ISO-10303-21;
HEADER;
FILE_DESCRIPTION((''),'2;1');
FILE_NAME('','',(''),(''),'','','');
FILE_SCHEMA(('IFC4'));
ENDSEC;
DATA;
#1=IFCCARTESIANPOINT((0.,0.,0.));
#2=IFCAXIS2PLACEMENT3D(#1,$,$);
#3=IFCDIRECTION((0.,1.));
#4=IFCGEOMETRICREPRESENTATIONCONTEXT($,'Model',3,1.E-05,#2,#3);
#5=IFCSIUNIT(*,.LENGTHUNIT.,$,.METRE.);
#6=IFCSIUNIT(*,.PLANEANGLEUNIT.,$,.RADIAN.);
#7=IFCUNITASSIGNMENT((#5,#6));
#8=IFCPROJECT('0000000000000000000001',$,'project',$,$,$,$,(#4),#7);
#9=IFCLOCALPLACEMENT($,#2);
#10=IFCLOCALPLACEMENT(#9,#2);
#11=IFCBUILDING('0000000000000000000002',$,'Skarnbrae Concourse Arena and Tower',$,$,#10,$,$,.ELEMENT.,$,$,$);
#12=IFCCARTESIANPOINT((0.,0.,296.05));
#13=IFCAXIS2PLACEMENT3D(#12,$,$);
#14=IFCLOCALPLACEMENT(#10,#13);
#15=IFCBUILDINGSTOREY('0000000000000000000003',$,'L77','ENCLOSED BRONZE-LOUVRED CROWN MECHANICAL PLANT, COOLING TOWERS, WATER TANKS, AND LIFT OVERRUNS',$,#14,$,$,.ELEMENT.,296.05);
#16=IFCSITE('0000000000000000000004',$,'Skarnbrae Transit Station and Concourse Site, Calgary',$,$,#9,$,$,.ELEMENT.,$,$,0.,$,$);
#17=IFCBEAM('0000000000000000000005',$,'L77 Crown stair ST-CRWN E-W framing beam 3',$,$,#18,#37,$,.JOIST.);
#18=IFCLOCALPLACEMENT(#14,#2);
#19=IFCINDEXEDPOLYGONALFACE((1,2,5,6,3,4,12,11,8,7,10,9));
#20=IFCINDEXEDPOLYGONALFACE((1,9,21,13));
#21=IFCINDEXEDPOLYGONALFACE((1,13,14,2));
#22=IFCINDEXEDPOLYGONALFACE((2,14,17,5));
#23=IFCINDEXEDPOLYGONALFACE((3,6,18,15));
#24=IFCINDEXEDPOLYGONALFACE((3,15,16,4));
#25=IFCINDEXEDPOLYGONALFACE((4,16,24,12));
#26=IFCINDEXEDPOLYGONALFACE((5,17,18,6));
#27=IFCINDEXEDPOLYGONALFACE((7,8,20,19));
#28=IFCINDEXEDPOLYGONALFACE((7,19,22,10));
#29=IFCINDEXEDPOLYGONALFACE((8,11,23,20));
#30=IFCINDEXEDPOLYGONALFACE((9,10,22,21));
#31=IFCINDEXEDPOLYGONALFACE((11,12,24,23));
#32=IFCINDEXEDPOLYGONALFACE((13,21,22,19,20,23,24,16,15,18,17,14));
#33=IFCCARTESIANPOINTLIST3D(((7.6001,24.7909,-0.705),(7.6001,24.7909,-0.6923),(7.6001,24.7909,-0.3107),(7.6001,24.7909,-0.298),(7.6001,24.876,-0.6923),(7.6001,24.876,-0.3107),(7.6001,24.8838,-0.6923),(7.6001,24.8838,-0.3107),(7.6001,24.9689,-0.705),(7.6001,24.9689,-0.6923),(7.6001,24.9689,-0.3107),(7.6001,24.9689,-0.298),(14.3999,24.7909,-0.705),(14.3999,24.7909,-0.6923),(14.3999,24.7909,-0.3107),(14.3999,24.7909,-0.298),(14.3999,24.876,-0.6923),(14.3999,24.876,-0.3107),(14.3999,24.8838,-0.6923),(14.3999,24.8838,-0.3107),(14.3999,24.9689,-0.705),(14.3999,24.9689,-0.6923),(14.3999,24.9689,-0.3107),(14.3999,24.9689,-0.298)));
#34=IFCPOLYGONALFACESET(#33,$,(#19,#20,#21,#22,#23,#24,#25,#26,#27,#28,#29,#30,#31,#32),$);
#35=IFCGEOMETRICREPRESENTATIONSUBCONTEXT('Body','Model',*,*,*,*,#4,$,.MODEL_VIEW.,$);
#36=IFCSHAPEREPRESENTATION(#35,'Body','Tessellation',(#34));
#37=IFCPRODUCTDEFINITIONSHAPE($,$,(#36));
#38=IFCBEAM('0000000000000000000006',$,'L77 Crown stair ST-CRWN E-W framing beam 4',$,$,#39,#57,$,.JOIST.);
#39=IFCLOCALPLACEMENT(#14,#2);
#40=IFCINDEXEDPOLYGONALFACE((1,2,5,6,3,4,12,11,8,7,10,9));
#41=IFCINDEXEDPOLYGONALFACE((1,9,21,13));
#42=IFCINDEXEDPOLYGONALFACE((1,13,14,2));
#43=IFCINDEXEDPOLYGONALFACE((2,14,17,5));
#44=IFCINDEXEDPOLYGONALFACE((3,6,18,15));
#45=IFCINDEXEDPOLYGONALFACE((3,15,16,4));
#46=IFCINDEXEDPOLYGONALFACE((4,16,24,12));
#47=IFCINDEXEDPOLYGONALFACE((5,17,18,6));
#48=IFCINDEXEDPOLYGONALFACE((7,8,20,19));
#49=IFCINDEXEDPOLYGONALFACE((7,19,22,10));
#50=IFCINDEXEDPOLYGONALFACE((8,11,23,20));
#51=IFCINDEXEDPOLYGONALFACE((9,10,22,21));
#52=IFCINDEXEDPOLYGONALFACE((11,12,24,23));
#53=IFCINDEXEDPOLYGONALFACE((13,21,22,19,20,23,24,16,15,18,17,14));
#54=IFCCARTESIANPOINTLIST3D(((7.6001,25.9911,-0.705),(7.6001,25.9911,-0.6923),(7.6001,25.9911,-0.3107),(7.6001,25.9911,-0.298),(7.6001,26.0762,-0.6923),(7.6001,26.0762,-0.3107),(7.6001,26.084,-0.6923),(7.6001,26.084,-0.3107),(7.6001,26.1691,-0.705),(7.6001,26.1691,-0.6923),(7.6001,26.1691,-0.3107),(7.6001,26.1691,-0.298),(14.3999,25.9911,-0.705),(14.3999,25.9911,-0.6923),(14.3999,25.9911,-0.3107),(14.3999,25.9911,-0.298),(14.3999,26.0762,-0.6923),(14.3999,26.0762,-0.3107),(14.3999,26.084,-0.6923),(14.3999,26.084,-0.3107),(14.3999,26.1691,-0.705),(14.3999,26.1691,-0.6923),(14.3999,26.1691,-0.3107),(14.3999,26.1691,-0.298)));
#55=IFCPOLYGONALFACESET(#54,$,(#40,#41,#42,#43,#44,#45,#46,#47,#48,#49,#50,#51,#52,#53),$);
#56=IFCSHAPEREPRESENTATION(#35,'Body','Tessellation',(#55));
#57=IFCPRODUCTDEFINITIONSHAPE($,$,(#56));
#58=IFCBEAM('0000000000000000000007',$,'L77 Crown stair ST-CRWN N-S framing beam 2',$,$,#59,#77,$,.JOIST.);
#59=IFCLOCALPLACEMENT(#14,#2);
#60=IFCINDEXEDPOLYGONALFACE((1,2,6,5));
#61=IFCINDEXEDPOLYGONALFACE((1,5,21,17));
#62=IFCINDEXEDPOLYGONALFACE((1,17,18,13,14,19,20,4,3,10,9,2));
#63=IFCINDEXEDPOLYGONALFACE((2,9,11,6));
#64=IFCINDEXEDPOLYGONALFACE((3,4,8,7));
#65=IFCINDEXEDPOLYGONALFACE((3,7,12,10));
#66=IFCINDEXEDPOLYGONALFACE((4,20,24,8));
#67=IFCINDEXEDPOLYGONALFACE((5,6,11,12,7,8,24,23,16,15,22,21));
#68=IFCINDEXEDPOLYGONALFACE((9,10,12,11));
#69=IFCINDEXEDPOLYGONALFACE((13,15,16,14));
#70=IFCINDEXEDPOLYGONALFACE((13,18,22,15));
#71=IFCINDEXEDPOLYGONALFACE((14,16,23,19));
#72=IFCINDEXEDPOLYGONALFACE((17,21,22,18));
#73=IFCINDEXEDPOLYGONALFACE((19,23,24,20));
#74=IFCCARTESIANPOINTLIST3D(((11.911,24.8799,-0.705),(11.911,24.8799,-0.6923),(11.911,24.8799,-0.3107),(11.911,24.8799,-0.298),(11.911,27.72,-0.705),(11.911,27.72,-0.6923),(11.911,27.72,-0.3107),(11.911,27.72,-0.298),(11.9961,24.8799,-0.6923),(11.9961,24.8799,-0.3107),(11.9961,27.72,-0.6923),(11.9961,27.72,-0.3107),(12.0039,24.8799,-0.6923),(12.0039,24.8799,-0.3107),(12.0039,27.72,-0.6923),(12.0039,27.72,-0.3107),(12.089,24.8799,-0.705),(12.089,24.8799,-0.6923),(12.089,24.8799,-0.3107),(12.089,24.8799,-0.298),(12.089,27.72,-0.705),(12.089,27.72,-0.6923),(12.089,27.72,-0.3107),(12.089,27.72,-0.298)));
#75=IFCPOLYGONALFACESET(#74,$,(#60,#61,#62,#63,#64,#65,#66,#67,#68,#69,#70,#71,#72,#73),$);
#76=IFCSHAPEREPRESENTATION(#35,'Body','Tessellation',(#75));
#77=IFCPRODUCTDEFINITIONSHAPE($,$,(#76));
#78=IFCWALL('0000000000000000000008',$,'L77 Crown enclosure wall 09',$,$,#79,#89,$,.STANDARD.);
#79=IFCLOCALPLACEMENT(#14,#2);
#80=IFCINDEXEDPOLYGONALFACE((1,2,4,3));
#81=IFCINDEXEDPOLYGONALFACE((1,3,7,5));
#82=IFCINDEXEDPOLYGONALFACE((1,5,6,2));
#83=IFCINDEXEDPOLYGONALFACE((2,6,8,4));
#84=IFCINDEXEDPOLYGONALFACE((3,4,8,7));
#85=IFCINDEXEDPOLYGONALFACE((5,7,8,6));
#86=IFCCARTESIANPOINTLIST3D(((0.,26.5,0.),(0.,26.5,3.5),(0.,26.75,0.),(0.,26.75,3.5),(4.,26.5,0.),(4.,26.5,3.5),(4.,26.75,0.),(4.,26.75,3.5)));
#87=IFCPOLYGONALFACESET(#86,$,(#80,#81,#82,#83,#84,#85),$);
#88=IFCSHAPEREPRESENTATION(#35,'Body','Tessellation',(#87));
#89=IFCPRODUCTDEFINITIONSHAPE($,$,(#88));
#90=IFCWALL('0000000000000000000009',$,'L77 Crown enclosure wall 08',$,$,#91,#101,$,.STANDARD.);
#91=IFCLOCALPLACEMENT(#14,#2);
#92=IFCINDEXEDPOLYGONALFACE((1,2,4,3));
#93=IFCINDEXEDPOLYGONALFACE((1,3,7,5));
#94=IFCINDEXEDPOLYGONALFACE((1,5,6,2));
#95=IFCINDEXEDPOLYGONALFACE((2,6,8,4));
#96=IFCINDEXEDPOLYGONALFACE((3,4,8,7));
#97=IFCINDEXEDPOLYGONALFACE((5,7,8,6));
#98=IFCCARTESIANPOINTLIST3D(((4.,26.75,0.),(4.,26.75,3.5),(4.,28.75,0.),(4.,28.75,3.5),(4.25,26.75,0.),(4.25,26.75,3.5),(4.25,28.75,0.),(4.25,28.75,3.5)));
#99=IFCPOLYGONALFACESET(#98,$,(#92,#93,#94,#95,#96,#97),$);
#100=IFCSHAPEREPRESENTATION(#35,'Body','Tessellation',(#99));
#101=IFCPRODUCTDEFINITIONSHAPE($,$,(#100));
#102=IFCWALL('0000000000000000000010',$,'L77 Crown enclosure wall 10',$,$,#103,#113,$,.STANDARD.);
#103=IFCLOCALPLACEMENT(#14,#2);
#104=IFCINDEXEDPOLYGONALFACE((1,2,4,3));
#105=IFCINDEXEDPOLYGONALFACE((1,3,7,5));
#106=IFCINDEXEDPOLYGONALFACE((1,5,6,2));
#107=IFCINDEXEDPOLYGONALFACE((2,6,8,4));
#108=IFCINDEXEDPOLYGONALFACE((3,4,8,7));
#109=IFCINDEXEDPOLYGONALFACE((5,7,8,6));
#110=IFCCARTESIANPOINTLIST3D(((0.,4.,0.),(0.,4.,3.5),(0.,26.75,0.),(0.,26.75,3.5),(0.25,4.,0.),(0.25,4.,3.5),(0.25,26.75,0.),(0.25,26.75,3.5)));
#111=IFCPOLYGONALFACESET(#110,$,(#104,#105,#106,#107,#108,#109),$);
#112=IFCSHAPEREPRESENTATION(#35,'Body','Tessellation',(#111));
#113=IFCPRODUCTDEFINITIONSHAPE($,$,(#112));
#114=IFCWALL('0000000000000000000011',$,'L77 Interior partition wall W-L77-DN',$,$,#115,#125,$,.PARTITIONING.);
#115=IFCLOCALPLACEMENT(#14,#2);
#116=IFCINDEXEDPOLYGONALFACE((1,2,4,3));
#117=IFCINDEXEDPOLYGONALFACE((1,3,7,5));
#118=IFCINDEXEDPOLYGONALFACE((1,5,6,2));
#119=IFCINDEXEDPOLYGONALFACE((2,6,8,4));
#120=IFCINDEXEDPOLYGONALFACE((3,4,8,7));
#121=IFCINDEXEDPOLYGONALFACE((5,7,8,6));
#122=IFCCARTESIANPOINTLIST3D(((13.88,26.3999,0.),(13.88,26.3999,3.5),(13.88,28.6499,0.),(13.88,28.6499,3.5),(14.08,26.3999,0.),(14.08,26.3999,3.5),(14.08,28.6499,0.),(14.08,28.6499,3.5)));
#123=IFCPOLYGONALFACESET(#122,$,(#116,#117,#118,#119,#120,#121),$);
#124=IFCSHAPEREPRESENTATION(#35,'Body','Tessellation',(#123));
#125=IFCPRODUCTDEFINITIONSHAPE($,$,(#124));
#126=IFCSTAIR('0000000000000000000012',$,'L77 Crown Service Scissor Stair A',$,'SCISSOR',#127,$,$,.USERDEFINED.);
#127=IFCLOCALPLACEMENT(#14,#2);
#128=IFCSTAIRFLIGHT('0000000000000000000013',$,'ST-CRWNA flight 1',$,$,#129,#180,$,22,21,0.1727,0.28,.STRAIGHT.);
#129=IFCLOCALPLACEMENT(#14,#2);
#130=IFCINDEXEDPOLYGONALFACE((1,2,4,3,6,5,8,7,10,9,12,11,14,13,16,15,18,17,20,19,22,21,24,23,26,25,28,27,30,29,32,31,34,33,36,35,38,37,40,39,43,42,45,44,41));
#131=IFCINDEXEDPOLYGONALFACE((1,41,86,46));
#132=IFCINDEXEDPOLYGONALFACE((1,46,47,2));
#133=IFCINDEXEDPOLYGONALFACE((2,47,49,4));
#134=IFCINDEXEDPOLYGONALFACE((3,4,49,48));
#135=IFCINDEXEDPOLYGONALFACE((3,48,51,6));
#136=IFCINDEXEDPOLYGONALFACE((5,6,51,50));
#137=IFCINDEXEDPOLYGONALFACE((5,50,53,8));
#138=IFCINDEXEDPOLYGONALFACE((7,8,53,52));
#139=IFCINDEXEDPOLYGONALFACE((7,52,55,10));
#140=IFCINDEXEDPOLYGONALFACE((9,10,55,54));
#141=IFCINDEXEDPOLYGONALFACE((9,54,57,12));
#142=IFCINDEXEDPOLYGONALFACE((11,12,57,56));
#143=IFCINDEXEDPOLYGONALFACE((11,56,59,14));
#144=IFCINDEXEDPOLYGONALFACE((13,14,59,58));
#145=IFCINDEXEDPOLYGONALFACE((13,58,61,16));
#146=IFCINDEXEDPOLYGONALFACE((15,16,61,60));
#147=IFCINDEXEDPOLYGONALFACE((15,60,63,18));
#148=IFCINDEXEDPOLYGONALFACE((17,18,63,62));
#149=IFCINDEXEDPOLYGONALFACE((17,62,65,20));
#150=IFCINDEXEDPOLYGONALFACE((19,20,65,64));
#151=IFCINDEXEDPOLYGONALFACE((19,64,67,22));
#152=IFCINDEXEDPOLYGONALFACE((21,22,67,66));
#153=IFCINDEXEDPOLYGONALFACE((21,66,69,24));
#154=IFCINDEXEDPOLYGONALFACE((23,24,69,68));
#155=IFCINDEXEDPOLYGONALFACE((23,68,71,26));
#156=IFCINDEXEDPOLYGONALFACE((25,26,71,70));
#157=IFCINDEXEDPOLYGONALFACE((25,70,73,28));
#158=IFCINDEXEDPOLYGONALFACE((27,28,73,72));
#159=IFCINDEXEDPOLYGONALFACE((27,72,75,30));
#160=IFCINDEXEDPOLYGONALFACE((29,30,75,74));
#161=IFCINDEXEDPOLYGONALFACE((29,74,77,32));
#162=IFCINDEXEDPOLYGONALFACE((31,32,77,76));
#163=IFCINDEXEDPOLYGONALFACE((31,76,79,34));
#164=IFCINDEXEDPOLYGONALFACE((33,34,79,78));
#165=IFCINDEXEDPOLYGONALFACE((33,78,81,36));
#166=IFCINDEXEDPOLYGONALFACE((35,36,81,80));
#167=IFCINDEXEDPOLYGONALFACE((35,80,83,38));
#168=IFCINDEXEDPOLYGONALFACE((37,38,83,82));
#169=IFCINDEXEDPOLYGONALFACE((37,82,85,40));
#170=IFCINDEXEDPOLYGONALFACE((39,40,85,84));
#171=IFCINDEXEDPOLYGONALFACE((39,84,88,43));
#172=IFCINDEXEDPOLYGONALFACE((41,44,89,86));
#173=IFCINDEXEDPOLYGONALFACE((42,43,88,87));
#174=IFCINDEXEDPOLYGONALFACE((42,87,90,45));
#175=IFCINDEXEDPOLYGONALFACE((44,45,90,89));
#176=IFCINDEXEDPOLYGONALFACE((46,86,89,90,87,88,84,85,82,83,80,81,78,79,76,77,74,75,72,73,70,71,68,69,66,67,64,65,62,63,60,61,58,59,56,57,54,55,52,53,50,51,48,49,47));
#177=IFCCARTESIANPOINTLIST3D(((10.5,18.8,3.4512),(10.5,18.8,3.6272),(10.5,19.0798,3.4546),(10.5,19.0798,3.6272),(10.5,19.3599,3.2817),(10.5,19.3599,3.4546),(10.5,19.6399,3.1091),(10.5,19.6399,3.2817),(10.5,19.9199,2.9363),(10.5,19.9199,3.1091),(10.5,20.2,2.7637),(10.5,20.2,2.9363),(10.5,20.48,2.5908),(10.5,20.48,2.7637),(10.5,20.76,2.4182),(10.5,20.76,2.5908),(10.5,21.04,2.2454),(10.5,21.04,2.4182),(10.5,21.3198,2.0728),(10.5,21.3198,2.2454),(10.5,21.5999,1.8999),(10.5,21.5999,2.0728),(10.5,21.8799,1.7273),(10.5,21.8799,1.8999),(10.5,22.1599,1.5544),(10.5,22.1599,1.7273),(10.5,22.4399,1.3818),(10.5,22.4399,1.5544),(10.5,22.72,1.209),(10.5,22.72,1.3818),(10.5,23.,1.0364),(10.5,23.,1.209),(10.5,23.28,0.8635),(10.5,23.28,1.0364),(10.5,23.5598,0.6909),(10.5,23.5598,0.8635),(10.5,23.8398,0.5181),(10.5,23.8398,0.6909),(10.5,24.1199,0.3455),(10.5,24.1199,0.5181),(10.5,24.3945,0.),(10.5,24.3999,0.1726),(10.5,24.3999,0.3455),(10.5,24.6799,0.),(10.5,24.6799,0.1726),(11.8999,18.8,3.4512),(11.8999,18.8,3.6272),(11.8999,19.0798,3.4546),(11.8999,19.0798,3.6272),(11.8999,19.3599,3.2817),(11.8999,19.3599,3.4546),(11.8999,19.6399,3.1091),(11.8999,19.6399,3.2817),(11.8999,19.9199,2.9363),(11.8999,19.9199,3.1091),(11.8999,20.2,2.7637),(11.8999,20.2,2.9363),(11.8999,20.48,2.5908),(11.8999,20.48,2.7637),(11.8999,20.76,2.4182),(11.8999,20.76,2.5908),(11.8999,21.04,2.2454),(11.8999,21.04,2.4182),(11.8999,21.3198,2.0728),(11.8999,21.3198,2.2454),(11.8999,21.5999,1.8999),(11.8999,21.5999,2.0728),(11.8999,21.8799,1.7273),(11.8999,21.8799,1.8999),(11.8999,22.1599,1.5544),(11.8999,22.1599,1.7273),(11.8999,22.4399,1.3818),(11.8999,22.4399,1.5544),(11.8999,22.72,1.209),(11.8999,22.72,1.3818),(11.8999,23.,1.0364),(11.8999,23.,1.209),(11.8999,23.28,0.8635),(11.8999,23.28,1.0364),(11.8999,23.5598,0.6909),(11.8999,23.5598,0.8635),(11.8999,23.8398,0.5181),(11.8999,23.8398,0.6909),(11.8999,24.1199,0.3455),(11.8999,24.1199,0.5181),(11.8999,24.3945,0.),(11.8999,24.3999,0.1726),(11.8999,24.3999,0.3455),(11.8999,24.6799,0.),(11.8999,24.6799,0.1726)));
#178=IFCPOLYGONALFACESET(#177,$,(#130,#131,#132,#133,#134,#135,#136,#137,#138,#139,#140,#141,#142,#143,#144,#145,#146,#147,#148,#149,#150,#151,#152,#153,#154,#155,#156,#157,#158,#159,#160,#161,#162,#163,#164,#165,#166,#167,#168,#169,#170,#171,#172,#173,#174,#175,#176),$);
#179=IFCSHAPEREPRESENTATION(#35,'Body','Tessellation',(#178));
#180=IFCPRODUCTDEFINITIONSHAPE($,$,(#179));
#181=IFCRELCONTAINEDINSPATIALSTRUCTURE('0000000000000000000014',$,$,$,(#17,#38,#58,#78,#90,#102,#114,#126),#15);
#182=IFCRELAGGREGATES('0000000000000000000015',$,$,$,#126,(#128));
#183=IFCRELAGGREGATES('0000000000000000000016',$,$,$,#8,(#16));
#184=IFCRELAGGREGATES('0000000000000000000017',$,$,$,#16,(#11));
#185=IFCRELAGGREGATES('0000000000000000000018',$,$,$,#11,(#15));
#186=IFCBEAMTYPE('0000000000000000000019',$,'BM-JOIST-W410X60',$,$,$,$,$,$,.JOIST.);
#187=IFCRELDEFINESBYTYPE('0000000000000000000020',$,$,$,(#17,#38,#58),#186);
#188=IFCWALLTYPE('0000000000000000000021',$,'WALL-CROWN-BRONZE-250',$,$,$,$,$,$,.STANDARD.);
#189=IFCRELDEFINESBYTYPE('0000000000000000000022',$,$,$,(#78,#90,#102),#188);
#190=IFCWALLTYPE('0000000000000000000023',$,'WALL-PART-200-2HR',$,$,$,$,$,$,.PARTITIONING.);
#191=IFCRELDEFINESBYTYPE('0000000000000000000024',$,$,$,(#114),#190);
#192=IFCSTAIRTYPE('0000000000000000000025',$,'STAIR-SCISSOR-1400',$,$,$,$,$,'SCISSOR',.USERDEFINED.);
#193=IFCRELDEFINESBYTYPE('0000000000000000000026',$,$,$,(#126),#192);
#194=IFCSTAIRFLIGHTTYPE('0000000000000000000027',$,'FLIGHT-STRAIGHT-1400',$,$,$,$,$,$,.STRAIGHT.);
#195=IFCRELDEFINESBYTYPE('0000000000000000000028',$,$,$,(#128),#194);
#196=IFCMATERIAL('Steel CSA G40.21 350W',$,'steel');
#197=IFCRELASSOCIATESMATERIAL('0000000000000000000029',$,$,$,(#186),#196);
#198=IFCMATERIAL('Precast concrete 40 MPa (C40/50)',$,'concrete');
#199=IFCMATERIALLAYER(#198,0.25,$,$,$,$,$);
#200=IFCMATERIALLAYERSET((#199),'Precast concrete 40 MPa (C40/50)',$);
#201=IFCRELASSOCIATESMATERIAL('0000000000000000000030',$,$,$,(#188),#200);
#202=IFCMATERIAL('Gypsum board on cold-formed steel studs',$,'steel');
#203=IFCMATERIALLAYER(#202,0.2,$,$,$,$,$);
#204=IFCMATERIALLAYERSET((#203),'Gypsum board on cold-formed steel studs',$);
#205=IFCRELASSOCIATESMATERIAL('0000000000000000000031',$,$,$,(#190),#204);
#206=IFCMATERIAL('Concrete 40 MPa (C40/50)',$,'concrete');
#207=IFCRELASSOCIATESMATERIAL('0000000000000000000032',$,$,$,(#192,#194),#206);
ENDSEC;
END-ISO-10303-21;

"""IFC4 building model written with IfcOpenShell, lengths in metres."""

from ifc_helpers import new_model, si_unit, direction, frame, frame_2d, origin, origin_2d, place, context, subcontext, project, spatial, polyline, rectangle, i_section, outline, extrude, source, transform, mapped, material, layer, layer_set, material_profile, profile_set, type_object, element, aggregate, save


model = new_model("IFC4")

# Units and contexts
model_context = context("Model", 3, precision=1e-05, world=origin(), true_north=direction((0.0, 1.0)))
body_context = subcontext(model_context, "Body", "Model", "MODEL_VIEW")
ifc_project = project(units=[si_unit("LENGTHUNIT", "METRE"), si_unit("PLANEANGLEUNIT", "RADIAN")], contexts=[model_context])

# Site, building, storey
site_placement = place(None, origin())
site = spatial("IfcSite", under=ifc_project, at=site_placement, Name="Skarnbrae Transit Station and Concourse Site, Calgary", CompositionType="ELEMENT", RefElevation=0.0)
building_placement = place(site_placement, origin())
building = spatial("IfcBuilding", under=site, at=building_placement, Name="Skarnbrae Concourse Arena and Tower", CompositionType="ELEMENT")
storey_placement = place(building_placement, frame((0.0, 0.0, 296.05)))
storey = spatial("IfcBuildingStorey", under=building, at=storey_placement, Name="L77", Description="ENCLOSED BRONZE-LOUVRED CROWN MECHANICAL PLANT, COOLING TOWERS, WATER TANKS, AND LIFT OVERRUNS", CompositionType="ELEMENT", Elevation=296.05)

# Shared definitions
ifc_material_1 = material(Name="Steel CSA G40.21 350W", Category="steel")

# Beams
ifc_material_profile_1 = material_profile(ifc_material_1, i_section(OverallWidth=0.178, OverallDepth=0.407, WebThickness=0.0078, FlangeThickness=0.0127, at=origin_2d()), Name="W410X60")
ifc_profile_set_1 = profile_set([ifc_material_profile_1], Name="Steel CSA G40.21 350W")
beam_type_1 = type_object("IfcBeamType", Name="BM-JOIST-W410X60", PredefinedType="JOIST", material=ifc_profile_set_1)
shared_shape_1 = source(origin(), body_context, "Body", "SweptSolid", [
    extrude(i_section(OverallWidth=0.178, OverallDepth=0.407, WebThickness=0.0078, FlangeThickness=0.0127, at=origin_2d()), origin(), (0.0, 0.0, 1.0), 6.7998),
])
for number, where, z_axis, x_axis, name in (
    (1, (7.6001, 24.8799, -0.5015), (1.0, 0.0, 0.0), (0.0, 1.0, 0.0), "L77 Crown stair ST-CRWN E-W framing beam 3"),
    (2, (7.6001, 26.0801, -0.5015), (1.0, 0.0, 0.0), (0.0, 1.0, 0.0), "L77 Crown stair ST-CRWN E-W framing beam 4"),
):
    element("IfcBeam", number, at=place(storey_placement, frame(where, z_axis=z_axis, x_axis=x_axis)), inside=storey, type_object=beam_type_1, Name=name, PredefinedType="JOIST", context=body_context, shape_type="MappedRepresentation", body=[
        mapped(shared_shape_1, transform((0.0, 0.0, 0.0))),
    ])
shared_shape_2 = source(origin(), body_context, "Body", "SweptSolid", [
    extrude(i_section(OverallWidth=0.178, OverallDepth=0.407, WebThickness=0.0078, FlangeThickness=0.0127, at=origin_2d()), origin(), (0.0, 0.0, 1.0), 2.8401),
])
beam_1_placement = place(storey_placement, frame((12.0, 24.8799, -0.5015), z_axis=(0.0, 1.0, 0.0), x_axis=(-1.0, 0.0, 0.0)))
element("IfcBeam", 3, at=beam_1_placement, inside=storey, type_object=beam_type_1, Name="L77 Crown stair ST-CRWN N-S framing beam 2", PredefinedType="JOIST", context=body_context, shape_type="MappedRepresentation", body=[
    mapped(shared_shape_2, transform((0.0, 0.0, 0.0))),
])

# Walls
ifc_material_2 = material(Name="Precast concrete 40 MPa (C40/50)", Category="concrete")
ifc_layer_1 = layer(ifc_material_2, 0.25)
ifc_layer_set_1 = layer_set([ifc_layer_1], Name="Precast concrete 40 MPa (C40/50)")
wall_type_1 = type_object("IfcWallType", Name="WALL-CROWN-BRONZE-250", PredefinedType="STANDARD", material=ifc_layer_set_1)
shared_shape_3 = source(origin(), body_context, "Body", "SweptSolid", [
    extrude(rectangle(XDim=4.0, YDim=0.25, at=frame_2d((2.0, 0.0))), origin(), (0.0, 0.0, 1.0), 3.5),
])
wall_1_placement = place(storey_placement, frame((4.0, 26.625, 0.0), z_axis=(0.0, 0.0, 1.0), x_axis=(-1.0, 0.0, 0.0)))
element("IfcWall", 4, at=wall_1_placement, inside=storey, type_object=wall_type_1, Name="L77 Crown enclosure wall 09", PredefinedType="STANDARD", context=body_context, shape_type="MappedRepresentation", body=[
    mapped(shared_shape_3, transform((0.0, 0.0, 0.0))),
])
shared_shape_4 = source(origin(), body_context, "Body", "SweptSolid", [
    extrude(rectangle(XDim=2.0, YDim=0.25, at=frame_2d((1.0, 0.0))), origin(), (0.0, 0.0, 1.0), 3.5),
])
wall_2_placement = place(storey_placement, frame((4.125, 28.75, 0.0), z_axis=(0.0, 0.0, 1.0), x_axis=(0.0, -1.0, 0.0)))
element("IfcWall", 5, at=wall_2_placement, inside=storey, type_object=wall_type_1, Name="L77 Crown enclosure wall 08", PredefinedType="STANDARD", context=body_context, shape_type="MappedRepresentation", body=[
    mapped(shared_shape_4, transform((0.0, 0.0, 0.0))),
])
shared_shape_5 = source(origin(), body_context, "Body", "SweptSolid", [
    extrude(rectangle(XDim=22.75, YDim=0.25, at=frame_2d((11.375, 0.0))), origin(), (0.0, 0.0, 1.0), 3.5),
])
wall_3_placement = place(storey_placement, frame((0.125, 26.75, 0.0), z_axis=(0.0, 0.0, 1.0), x_axis=(0.0, -1.0, 0.0)))
element("IfcWall", 6, at=wall_3_placement, inside=storey, type_object=wall_type_1, Name="L77 Crown enclosure wall 10", PredefinedType="STANDARD", context=body_context, shape_type="MappedRepresentation", body=[
    mapped(shared_shape_5, transform((0.0, 0.0, 0.0))),
])

# Wall
ifc_material_3 = material(Name="Gypsum board on cold-formed steel studs", Category="steel")
ifc_layer_2 = layer(ifc_material_3, 0.2)
ifc_layer_set_2 = layer_set([ifc_layer_2], Name="Gypsum board on cold-formed steel studs")
wall_type_2 = type_object("IfcWallType", Name="WALL-PART-200-2HR", PredefinedType="PARTITIONING", material=ifc_layer_set_2)
shared_shape_6 = source(origin(), body_context, "Body", "SweptSolid", [
    extrude(rectangle(XDim=2.25, YDim=0.2, at=frame_2d((1.125, 0.0))), origin(), (0.0, 0.0, 1.0), 3.5),
])
wall_4_placement = place(storey_placement, frame((13.98, 26.3999, 0.0), z_axis=(0.0, 0.0, 1.0), x_axis=(0.0, 1.0, 0.0)))
element("IfcWall", 7, at=wall_4_placement, inside=storey, type_object=wall_type_2, Name="L77 Interior partition wall W-L77-DN", PredefinedType="PARTITIONING", context=body_context, shape_type="MappedRepresentation", body=[
    mapped(shared_shape_6, transform((0.0, 0.0, 0.0))),
])

# Stair, stair flight
ifc_material_4 = material(Name="Concrete 40 MPa (C40/50)", Category="concrete")
stair_type = type_object("IfcStairType", Name="STAIR-SCISSOR-1400", ElementType="SCISSOR", PredefinedType="USERDEFINED", material=ifc_material_4)
stair_placement = place(storey_placement, origin())
stair = element("IfcStair", 8, at=stair_placement, inside=storey, type_object=stair_type, Name="L77 Crown Service Scissor Stair A", ObjectType="SCISSOR", PredefinedType="USERDEFINED")
stair_flight_type = type_object("IfcStairFlightType", Name="FLIGHT-STRAIGHT-1400", PredefinedType="STRAIGHT", material=ifc_material_4)
shared_shape_7 = source(origin(), body_context, "Body", "SweptSolid", [
    extrude(outline(polyline([(0.0, 0.0), (0.0, 0.1726), (0.28, 0.1726), (0.28, 0.3455), (0.5601, 0.3455), (0.5601, 0.5181), (0.8401, 0.5181), (0.8401, 0.6909), (1.1201, 0.6909), (1.1201, 0.8635), (1.3999, 0.8635), (1.3999, 1.0364), (1.6799, 1.0364), (1.6799, 1.209), (1.96, 1.209), (1.96, 1.3818), (2.24, 1.3818), (2.24, 1.5544), (2.52, 1.5544), (2.52, 1.7273), (2.8, 1.7273), (2.8, 1.8999), (3.0801, 1.8999), (3.0801, 2.0728), (3.3601, 2.0728), (3.3601, 2.2454), (3.6399, 2.2454), (3.6399, 2.4182), (3.9199, 2.4182), (3.9199, 2.5908), (4.2, 2.5908), (4.2, 2.7637), (4.48, 2.7637), (4.48, 2.9363), (4.76, 2.9363), (4.76, 3.1091), (5.04, 3.1091), (5.04, 3.2817), (5.3201, 3.2817), (5.3201, 3.4546), (5.6001, 3.4546), (5.6001, 3.6272), (5.8799, 3.6272), (5.8799, 3.8), (5.8799, 3.4512), (0.2854, 0.0), (0.0, 0.0)])), frame((0.0, 0.7, 0.0), z_axis=(0.0, -1.0, 0.0), x_axis=(1.0, 0.0, 0.0)), (0.0, 0.0, 1.0), 1.3999),
])
stair_flight_placement = place(storey_placement, frame((11.2, 24.6799, 0.0), z_axis=(0.0, 0.0, 1.0), x_axis=(0.0, -1.0, 0.0)))
stair_flight = element("IfcStairFlight", 9, at=stair_flight_placement, type_object=stair_flight_type, Name="ST-CRWNA flight 1", NumberOfRisers=22, NumberOfTreads=21, PredefinedType="STRAIGHT", RiserHeight=0.1727, TreadLength=0.28, context=body_context, shape_type="MappedRepresentation", body=[
    mapped(shared_shape_7, transform((0.0, 0.0, 0.0))),
])
aggregate(stair, [stair_flight])

save(model, "model.ifc")
